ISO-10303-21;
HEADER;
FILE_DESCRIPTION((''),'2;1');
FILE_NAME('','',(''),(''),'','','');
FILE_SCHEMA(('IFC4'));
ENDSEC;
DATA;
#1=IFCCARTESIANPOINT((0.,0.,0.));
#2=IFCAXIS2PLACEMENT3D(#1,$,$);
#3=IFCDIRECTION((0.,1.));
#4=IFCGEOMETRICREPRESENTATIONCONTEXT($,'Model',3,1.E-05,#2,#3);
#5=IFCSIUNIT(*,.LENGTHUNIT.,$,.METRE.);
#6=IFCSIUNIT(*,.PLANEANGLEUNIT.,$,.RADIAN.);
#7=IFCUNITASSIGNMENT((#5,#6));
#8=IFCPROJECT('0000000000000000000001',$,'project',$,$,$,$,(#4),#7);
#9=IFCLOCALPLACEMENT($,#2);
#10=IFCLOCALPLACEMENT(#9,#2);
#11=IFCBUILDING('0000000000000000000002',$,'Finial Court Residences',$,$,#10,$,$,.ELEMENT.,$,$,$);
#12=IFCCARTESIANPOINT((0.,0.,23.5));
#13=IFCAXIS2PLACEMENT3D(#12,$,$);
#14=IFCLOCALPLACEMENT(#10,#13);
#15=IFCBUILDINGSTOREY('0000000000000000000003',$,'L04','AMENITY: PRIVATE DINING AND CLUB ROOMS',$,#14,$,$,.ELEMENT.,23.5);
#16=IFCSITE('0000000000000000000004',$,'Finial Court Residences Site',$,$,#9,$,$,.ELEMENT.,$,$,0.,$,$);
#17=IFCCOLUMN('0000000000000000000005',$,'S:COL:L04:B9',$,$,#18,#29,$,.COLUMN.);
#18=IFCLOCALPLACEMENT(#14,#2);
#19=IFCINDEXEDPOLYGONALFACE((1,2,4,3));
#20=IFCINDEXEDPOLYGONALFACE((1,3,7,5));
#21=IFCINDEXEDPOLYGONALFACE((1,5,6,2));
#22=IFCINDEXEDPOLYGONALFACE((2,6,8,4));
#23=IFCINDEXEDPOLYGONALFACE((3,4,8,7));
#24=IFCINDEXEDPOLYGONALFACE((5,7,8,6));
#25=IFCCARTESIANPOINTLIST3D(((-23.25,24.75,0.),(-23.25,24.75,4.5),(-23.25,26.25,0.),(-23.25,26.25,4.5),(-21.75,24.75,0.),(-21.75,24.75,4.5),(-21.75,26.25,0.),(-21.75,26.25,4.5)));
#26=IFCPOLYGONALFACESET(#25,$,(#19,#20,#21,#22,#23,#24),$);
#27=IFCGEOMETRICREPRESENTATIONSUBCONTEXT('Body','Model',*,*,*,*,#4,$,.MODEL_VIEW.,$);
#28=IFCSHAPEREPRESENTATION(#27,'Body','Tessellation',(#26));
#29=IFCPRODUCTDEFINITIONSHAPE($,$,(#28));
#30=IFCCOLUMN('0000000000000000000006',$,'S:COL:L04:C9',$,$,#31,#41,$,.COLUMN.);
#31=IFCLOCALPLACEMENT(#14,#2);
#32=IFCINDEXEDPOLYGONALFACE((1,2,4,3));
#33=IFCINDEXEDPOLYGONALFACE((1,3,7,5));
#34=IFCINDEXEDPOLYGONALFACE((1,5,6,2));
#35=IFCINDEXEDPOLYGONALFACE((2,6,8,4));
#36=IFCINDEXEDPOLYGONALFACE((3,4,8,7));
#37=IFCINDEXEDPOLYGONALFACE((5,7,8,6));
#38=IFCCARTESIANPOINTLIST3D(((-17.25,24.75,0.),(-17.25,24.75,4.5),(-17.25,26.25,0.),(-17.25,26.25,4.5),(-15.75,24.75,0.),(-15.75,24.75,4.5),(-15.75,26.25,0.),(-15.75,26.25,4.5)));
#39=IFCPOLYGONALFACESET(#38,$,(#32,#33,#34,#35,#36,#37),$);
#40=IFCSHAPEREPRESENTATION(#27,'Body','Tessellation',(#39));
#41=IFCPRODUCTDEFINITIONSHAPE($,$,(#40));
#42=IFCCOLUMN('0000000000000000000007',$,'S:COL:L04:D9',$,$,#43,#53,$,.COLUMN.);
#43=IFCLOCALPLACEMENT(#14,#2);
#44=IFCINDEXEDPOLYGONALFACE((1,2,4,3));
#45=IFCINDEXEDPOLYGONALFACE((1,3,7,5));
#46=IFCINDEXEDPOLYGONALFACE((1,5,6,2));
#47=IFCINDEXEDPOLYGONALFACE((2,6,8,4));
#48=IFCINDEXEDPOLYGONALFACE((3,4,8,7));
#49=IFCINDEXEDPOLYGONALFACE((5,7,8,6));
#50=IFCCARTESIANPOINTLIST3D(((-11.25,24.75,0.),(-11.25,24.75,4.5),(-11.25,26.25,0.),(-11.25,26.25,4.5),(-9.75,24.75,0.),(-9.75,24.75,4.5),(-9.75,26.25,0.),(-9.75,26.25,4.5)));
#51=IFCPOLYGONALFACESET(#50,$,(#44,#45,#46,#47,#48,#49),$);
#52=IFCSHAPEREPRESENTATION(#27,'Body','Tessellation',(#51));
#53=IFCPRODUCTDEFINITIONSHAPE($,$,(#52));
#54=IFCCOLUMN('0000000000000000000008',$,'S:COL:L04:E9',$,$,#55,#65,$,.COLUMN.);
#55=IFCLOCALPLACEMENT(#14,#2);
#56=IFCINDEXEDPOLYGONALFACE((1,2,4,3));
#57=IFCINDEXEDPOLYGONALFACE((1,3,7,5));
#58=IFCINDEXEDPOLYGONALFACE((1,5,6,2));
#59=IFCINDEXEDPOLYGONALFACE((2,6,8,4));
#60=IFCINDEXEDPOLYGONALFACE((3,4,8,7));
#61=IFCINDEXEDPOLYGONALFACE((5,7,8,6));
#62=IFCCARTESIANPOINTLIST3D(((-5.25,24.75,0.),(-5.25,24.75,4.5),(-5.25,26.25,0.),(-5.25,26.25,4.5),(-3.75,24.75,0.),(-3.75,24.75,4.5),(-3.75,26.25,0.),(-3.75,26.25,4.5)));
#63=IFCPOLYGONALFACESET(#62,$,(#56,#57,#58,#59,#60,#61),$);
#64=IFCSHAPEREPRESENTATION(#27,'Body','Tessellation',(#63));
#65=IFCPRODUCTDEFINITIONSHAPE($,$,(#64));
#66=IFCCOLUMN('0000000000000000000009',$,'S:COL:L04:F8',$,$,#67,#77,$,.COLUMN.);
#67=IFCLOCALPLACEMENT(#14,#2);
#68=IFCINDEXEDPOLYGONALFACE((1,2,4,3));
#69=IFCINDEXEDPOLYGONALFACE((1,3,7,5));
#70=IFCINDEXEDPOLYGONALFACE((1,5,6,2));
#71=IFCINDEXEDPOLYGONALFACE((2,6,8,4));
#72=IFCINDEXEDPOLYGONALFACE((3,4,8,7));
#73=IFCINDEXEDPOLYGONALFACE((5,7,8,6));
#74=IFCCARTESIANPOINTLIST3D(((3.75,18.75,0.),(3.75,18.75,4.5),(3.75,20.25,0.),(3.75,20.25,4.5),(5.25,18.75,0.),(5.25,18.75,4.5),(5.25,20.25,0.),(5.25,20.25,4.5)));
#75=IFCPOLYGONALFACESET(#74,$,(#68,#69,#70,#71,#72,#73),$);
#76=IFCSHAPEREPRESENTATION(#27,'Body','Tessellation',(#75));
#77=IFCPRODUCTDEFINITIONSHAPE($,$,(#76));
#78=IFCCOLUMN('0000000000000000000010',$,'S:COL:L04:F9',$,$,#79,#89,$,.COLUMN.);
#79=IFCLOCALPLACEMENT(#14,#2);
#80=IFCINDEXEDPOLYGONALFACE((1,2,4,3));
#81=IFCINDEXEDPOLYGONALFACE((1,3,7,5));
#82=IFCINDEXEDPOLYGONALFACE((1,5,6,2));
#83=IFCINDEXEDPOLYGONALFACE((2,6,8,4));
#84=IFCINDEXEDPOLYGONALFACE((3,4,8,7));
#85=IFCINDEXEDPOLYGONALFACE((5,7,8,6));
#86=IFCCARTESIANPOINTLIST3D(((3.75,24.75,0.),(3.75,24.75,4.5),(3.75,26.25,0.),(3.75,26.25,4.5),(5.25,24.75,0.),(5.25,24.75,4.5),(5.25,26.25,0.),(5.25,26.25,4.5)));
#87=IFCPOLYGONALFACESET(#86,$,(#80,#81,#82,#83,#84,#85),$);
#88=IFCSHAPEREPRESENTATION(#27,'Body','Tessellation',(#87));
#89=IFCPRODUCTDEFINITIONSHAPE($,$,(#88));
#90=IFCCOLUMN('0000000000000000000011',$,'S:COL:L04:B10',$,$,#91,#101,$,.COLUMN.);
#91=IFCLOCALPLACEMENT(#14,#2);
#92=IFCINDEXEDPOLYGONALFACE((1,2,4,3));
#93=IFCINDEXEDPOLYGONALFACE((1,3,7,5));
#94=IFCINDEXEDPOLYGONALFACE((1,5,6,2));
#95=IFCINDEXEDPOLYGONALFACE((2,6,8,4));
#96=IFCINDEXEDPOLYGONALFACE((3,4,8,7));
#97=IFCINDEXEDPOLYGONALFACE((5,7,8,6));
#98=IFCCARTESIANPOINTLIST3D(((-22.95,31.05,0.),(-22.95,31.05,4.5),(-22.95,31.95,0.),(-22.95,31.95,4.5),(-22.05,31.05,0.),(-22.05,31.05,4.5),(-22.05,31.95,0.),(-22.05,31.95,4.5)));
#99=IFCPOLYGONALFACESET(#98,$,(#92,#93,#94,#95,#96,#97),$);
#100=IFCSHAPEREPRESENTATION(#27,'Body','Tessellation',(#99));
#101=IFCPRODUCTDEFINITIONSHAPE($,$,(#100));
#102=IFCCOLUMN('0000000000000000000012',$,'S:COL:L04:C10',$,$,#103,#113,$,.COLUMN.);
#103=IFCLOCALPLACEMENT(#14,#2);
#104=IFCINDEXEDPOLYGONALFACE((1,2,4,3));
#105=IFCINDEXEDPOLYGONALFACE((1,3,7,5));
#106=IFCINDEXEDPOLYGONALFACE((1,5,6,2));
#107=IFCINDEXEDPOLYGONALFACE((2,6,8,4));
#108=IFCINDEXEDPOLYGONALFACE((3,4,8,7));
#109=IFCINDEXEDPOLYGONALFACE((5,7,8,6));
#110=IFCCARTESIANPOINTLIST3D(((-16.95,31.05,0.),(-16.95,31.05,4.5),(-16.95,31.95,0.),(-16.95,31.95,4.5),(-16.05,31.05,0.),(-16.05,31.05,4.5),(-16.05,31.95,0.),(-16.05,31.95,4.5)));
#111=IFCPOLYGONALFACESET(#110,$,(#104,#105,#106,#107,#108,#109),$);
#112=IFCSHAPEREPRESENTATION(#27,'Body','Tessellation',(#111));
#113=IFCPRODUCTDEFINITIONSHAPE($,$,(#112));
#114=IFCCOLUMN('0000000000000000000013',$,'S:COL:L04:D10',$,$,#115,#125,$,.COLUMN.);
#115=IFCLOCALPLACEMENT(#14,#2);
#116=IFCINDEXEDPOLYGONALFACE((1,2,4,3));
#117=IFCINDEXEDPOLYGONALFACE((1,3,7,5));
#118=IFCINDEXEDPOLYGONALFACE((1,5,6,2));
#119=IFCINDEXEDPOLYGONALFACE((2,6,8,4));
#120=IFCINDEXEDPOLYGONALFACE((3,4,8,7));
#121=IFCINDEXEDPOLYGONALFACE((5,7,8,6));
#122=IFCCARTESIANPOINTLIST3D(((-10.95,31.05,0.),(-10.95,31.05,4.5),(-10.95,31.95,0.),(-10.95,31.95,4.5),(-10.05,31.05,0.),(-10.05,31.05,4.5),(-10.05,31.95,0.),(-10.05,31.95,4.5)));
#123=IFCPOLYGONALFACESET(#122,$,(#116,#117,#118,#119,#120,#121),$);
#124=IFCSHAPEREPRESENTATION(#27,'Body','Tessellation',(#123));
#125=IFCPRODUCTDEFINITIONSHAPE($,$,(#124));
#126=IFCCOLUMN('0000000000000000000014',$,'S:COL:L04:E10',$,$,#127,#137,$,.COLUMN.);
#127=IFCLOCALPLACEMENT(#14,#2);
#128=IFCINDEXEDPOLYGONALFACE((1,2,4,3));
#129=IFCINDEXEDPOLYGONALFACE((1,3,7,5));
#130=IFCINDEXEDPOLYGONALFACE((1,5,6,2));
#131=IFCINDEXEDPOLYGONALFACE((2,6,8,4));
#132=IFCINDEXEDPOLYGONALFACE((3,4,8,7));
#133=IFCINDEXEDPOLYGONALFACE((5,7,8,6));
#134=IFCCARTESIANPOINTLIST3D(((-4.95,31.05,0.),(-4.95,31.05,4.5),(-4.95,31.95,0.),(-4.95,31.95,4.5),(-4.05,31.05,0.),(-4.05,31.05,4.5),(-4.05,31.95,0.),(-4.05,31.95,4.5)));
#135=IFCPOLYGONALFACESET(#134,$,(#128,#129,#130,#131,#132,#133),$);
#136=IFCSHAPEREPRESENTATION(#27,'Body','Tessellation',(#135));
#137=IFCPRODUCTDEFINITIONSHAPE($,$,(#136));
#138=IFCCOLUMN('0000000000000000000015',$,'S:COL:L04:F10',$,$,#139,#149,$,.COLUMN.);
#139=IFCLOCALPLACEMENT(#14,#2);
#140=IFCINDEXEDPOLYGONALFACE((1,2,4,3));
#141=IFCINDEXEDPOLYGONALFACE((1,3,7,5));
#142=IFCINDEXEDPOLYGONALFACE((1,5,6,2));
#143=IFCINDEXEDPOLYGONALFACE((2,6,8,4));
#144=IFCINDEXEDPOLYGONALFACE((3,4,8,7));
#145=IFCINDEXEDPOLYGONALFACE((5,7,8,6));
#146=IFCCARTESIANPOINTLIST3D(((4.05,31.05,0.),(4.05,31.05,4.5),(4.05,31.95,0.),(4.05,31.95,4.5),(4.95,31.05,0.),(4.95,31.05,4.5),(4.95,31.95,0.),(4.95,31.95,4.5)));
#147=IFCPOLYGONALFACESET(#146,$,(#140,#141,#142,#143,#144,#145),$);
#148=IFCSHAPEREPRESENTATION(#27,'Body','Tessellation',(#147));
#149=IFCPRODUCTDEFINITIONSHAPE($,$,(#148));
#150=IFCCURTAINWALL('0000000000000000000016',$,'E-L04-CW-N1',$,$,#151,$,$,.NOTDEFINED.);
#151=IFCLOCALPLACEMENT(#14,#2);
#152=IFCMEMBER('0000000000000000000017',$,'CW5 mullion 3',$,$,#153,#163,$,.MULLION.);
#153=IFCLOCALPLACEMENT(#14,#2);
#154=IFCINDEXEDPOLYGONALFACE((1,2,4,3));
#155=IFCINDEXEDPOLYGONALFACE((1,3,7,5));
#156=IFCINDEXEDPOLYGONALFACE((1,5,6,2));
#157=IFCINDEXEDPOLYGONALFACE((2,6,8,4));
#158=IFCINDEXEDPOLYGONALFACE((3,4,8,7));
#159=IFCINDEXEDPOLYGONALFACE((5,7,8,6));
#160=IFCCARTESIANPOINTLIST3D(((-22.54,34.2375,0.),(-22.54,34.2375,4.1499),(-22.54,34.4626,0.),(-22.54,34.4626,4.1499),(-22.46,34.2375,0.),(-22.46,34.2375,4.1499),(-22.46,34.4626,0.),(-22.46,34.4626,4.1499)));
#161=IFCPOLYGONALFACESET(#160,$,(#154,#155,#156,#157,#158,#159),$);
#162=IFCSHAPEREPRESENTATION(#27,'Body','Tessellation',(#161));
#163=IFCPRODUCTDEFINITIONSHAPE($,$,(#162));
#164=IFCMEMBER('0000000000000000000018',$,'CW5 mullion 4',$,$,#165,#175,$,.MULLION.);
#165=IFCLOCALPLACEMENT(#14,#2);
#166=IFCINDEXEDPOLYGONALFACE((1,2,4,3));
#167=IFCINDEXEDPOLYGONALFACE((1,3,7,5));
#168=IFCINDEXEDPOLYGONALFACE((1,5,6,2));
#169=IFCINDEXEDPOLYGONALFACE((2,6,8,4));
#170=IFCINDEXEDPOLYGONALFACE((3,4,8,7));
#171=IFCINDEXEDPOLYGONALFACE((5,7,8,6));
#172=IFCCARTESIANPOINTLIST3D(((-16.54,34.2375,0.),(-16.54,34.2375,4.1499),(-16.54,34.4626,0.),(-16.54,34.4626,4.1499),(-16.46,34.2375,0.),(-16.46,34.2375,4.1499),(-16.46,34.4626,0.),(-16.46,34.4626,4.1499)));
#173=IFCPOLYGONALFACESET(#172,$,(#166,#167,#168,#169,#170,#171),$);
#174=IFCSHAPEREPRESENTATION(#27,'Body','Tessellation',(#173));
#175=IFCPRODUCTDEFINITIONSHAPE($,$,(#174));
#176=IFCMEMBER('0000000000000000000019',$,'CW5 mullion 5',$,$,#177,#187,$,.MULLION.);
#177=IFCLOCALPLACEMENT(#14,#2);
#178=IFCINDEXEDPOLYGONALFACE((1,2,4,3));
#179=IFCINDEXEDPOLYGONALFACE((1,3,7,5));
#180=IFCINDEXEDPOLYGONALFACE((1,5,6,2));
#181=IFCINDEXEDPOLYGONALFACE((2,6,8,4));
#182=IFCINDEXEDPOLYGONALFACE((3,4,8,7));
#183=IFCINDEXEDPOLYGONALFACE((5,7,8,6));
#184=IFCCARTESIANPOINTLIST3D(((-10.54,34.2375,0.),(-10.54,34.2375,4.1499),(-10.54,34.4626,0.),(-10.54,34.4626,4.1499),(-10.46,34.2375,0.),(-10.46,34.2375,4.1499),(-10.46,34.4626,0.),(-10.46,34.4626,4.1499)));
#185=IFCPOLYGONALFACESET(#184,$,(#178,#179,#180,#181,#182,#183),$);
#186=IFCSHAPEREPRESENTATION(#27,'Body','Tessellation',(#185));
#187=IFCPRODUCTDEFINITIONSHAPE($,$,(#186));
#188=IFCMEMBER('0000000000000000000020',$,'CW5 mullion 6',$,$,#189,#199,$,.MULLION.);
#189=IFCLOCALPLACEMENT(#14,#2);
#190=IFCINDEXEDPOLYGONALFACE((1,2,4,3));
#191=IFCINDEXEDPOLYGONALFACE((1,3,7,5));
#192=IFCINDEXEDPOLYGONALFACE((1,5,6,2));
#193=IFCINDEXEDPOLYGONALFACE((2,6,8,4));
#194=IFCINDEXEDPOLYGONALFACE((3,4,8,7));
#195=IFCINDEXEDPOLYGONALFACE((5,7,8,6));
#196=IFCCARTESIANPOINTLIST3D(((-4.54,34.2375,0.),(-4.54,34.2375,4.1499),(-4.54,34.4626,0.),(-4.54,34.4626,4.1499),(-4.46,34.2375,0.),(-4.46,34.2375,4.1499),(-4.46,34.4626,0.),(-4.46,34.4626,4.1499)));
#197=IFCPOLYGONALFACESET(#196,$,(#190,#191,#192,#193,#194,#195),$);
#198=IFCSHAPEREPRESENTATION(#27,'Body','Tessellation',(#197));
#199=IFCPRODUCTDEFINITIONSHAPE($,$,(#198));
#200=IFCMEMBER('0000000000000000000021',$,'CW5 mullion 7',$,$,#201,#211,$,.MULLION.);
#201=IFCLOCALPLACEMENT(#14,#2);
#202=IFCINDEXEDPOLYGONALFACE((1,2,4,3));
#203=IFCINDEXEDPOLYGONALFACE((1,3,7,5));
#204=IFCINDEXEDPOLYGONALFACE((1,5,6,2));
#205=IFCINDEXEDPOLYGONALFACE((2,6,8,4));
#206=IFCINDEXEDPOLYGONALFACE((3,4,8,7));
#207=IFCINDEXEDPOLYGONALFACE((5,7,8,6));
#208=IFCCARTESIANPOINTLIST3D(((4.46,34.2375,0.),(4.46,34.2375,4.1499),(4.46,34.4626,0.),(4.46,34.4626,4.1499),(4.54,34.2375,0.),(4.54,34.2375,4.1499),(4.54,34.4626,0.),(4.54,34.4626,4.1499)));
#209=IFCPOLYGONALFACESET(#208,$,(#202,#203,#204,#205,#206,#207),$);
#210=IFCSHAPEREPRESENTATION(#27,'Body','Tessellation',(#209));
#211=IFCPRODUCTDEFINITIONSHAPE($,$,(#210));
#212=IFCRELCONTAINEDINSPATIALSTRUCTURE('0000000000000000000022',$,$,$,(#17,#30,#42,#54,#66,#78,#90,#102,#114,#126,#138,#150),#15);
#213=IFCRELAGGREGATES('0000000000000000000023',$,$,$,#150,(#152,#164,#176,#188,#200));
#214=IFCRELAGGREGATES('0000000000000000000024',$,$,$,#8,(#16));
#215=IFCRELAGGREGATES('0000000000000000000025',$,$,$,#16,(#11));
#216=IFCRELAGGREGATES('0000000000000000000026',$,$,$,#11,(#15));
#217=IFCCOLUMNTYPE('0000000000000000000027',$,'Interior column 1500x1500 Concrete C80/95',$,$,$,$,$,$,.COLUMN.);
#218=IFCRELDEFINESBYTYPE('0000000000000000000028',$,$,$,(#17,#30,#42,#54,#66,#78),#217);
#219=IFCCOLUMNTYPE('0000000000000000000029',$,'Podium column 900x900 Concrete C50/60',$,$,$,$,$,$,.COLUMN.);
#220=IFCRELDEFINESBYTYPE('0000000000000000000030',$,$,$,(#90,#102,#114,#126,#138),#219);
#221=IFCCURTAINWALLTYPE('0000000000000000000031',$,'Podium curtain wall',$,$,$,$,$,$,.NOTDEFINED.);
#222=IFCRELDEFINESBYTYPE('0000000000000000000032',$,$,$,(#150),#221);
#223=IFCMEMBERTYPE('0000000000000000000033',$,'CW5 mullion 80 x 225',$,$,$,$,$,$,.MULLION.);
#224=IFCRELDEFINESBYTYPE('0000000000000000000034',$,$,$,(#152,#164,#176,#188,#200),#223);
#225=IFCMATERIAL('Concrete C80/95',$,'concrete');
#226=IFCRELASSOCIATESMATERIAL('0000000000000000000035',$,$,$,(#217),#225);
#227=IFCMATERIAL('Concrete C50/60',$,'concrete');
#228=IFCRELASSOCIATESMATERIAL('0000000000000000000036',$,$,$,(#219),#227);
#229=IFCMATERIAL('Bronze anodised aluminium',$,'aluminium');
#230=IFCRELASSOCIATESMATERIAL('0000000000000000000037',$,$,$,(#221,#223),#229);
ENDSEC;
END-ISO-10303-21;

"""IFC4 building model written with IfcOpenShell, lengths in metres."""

from ifc_helpers import new_model, si_unit, direction, frame, origin, origin_2d, place, context, subcontext, project, spatial, rectangle, extrude, material, material_profile, profile_set, type_object, element, aggregate, save


model = new_model("IFC4")

# Units and contexts
model_context = context("Model", 3, precision=1e-05, world=origin(), true_north=direction((0.0, 1.0)))
body_context = subcontext(model_context, "Body", "Model", "MODEL_VIEW")
ifc_project = project(units=[si_unit("LENGTHUNIT", "METRE"), si_unit("PLANEANGLEUNIT", "RADIAN")], contexts=[model_context])

# Site, building, storey
site_placement = place(None, origin())
site = spatial("IfcSite", under=ifc_project, at=site_placement, Name="Finial Court Residences Site", CompositionType="ELEMENT", RefElevation=0.0)
building_placement = place(site_placement, origin())
building = spatial("IfcBuilding", under=site, at=building_placement, Name="Finial Court Residences", CompositionType="ELEMENT")
storey_placement = place(building_placement, frame((0.0, 0.0, 23.5)))
storey = spatial("IfcBuildingStorey", under=building, at=storey_placement, Name="L04", Description="AMENITY: PRIVATE DINING AND CLUB ROOMS", CompositionType="ELEMENT", Elevation=23.5)

# Columns
ifc_material_1 = material(Name="Concrete C80/95", Category="concrete")
ifc_material_profile_1 = material_profile(ifc_material_1, rectangle(XDim=1.5, YDim=1.5, at=origin_2d()), Name="1500x1500")
ifc_profile_set_1 = profile_set([ifc_material_profile_1], Name="Concrete C80/95")
column_type_1 = type_object("IfcColumnType", Name="Interior column 1500x1500 Concrete C80/95", PredefinedType="COLUMN", material=ifc_profile_set_1)
for number, where, z_axis, x_axis, name in (
    (1, (-22.5, 25.5, 0.0), (0.0, 0.0, 1.0), (1.0, 0.0, 0.0), "S:COL:L04:B9"),
    (2, (-16.5, 25.5, 0.0), (0.0, 0.0, 1.0), (1.0, 0.0, 0.0), "S:COL:L04:C9"),
    (3, (-10.5, 25.5, 0.0), (0.0, 0.0, 1.0), (1.0, 0.0, 0.0), "S:COL:L04:D9"),
    (4, (-4.5, 25.5, 0.0), (0.0, 0.0, 1.0), (1.0, 0.0, 0.0), "S:COL:L04:E9"),
    (5, (4.5, 19.5, 0.0), (0.0, 0.0, 1.0), (1.0, 0.0, 0.0), "S:COL:L04:F8"),
    (6, (4.5, 25.5, 0.0), (0.0, 0.0, 1.0), (1.0, 0.0, 0.0), "S:COL:L04:F9"),
):
    element("IfcColumn", number, at=place(storey_placement, frame(where, z_axis=z_axis, x_axis=x_axis)), inside=storey, type_object=column_type_1, Name=name, PredefinedType="COLUMN", context=body_context, shape_type="SweptSolid", body=[
        extrude(rectangle(XDim=1.5, YDim=1.5, at=origin_2d()), origin(), (0.0, 0.0, 1.0), 4.5),
    ])
ifc_material_2 = material(Name="Concrete C50/60", Category="concrete")
ifc_material_profile_2 = material_profile(ifc_material_2, rectangle(XDim=0.8999, YDim=0.8999, at=origin_2d()), Name="900x900")
ifc_profile_set_2 = profile_set([ifc_material_profile_2], Name="Concrete C50/60")
column_type_2 = type_object("IfcColumnType", Name="Podium column 900x900 Concrete C50/60", PredefinedType="COLUMN", material=ifc_profile_set_2)
for number, where, z_axis, x_axis, name in (
    (7, (-22.5, 31.5, 0.0), (0.0, 0.0, 1.0), (1.0, 0.0, 0.0), "S:COL:L04:B10"),
    (8, (-16.5, 31.5, 0.0), (0.0, 0.0, 1.0), (1.0, 0.0, 0.0), "S:COL:L04:C10"),
    (9, (-10.5, 31.5, 0.0), (0.0, 0.0, 1.0), (1.0, 0.0, 0.0), "S:COL:L04:D10"),
    (10, (-4.5, 31.5, 0.0), (0.0, 0.0, 1.0), (1.0, 0.0, 0.0), "S:COL:L04:E10"),
    (11, (4.5, 31.5, 0.0), (0.0, 0.0, 1.0), (1.0, 0.0, 0.0), "S:COL:L04:F10"),
):
    element("IfcColumn", number, at=place(storey_placement, frame(where, z_axis=z_axis, x_axis=x_axis)), inside=storey, type_object=column_type_2, Name=name, PredefinedType="COLUMN", context=body_context, shape_type="SweptSolid", body=[
        extrude(rectangle(XDim=0.8999, YDim=0.8999, at=origin_2d()), origin(), (0.0, 0.0, 1.0), 4.5),
    ])

# Curtain wall, members
ifc_material_3 = material(Name="Bronze anodised aluminium", Category="aluminium")
curtain_wall_type = type_object("IfcCurtainWallType", Name="Podium curtain wall", PredefinedType="NOTDEFINED", material=ifc_material_3)
curtain_wall_placement = place(storey_placement, origin())
curtain_wall = element("IfcCurtainWall", 12, at=curtain_wall_placement, inside=storey, type_object=curtain_wall_type, Name="E-L04-CW-N1", PredefinedType="NOTDEFINED")
ifc_material_profile_3 = material_profile(ifc_material_3, rectangle(XDim=0.2251, YDim=0.0801, at=origin_2d()), Name="CW5 mullion 80 x 225")
ifc_profile_set_3 = profile_set([ifc_material_profile_3], Name="Bronze anodised aluminium")
member_type_1 = type_object("IfcMemberType", Name="CW5 mullion 80 x 225", PredefinedType="MULLION", material=ifc_profile_set_3)
member_1_placement = place(storey_placement, frame((-22.5, 34.3501, 0.0), z_axis=(0.0, 0.0, 1.0), x_axis=(0.0, 1.0, 0.0)))
member_1 = element("IfcMember", 13, at=member_1_placement, type_object=member_type_1, Name="CW5 mullion 3", PredefinedType="MULLION", context=body_context, shape_type="SweptSolid", body=[
    extrude(rectangle(XDim=0.2251, YDim=0.0801, at=origin_2d()), origin(), (0.0, 0.0, 1.0), 4.1499),
])
member_2_placement = place(storey_placement, frame((-16.5, 34.3501, 0.0), z_axis=(0.0, 0.0, 1.0), x_axis=(0.0, 1.0, 0.0)))
member_2 = element("IfcMember", 14, at=member_2_placement, type_object=member_type_1, Name="CW5 mullion 4", PredefinedType="MULLION", context=body_context, shape_type="SweptSolid", body=[
    extrude(rectangle(XDim=0.2251, YDim=0.0801, at=origin_2d()), origin(), (0.0, 0.0, 1.0), 4.1499),
])
member_3_placement = place(storey_placement, frame((-10.5, 34.3501, 0.0), z_axis=(0.0, 0.0, 1.0), x_axis=(0.0, 1.0, 0.0)))
member_3 = element("IfcMember", 15, at=member_3_placement, type_object=member_type_1, Name="CW5 mullion 5", PredefinedType="MULLION", context=body_context, shape_type="SweptSolid", body=[
    extrude(rectangle(XDim=0.2251, YDim=0.0801, at=origin_2d()), origin(), (0.0, 0.0, 1.0), 4.1499),
])
member_4_placement = place(storey_placement, frame((-4.5, 34.3501, 0.0), z_axis=(0.0, 0.0, 1.0), x_axis=(0.0, 1.0, 0.0)))
member_4 = element("IfcMember", 16, at=member_4_placement, type_object=member_type_1, Name="CW5 mullion 6", PredefinedType="MULLION", context=body_context, shape_type="SweptSolid", body=[
    extrude(rectangle(XDim=0.2251, YDim=0.0801, at=origin_2d()), origin(), (0.0, 0.0, 1.0), 4.1499),
])
member_5_placement = place(storey_placement, frame((4.5, 34.3501, 0.0), z_axis=(0.0, 0.0, 1.0), x_axis=(0.0, 1.0, 0.0)))
member_5 = element("IfcMember", 17, at=member_5_placement, type_object=member_type_1, Name="CW5 mullion 7", PredefinedType="MULLION", context=body_context, shape_type="SweptSolid", body=[
    extrude(rectangle(XDim=0.2251, YDim=0.0801, at=origin_2d()), origin(), (0.0, 0.0, 1.0), 4.1499),
])
aggregate(curtain_wall, [member_1, member_2, member_3, member_4, member_5])

save(model, "model.ifc")
